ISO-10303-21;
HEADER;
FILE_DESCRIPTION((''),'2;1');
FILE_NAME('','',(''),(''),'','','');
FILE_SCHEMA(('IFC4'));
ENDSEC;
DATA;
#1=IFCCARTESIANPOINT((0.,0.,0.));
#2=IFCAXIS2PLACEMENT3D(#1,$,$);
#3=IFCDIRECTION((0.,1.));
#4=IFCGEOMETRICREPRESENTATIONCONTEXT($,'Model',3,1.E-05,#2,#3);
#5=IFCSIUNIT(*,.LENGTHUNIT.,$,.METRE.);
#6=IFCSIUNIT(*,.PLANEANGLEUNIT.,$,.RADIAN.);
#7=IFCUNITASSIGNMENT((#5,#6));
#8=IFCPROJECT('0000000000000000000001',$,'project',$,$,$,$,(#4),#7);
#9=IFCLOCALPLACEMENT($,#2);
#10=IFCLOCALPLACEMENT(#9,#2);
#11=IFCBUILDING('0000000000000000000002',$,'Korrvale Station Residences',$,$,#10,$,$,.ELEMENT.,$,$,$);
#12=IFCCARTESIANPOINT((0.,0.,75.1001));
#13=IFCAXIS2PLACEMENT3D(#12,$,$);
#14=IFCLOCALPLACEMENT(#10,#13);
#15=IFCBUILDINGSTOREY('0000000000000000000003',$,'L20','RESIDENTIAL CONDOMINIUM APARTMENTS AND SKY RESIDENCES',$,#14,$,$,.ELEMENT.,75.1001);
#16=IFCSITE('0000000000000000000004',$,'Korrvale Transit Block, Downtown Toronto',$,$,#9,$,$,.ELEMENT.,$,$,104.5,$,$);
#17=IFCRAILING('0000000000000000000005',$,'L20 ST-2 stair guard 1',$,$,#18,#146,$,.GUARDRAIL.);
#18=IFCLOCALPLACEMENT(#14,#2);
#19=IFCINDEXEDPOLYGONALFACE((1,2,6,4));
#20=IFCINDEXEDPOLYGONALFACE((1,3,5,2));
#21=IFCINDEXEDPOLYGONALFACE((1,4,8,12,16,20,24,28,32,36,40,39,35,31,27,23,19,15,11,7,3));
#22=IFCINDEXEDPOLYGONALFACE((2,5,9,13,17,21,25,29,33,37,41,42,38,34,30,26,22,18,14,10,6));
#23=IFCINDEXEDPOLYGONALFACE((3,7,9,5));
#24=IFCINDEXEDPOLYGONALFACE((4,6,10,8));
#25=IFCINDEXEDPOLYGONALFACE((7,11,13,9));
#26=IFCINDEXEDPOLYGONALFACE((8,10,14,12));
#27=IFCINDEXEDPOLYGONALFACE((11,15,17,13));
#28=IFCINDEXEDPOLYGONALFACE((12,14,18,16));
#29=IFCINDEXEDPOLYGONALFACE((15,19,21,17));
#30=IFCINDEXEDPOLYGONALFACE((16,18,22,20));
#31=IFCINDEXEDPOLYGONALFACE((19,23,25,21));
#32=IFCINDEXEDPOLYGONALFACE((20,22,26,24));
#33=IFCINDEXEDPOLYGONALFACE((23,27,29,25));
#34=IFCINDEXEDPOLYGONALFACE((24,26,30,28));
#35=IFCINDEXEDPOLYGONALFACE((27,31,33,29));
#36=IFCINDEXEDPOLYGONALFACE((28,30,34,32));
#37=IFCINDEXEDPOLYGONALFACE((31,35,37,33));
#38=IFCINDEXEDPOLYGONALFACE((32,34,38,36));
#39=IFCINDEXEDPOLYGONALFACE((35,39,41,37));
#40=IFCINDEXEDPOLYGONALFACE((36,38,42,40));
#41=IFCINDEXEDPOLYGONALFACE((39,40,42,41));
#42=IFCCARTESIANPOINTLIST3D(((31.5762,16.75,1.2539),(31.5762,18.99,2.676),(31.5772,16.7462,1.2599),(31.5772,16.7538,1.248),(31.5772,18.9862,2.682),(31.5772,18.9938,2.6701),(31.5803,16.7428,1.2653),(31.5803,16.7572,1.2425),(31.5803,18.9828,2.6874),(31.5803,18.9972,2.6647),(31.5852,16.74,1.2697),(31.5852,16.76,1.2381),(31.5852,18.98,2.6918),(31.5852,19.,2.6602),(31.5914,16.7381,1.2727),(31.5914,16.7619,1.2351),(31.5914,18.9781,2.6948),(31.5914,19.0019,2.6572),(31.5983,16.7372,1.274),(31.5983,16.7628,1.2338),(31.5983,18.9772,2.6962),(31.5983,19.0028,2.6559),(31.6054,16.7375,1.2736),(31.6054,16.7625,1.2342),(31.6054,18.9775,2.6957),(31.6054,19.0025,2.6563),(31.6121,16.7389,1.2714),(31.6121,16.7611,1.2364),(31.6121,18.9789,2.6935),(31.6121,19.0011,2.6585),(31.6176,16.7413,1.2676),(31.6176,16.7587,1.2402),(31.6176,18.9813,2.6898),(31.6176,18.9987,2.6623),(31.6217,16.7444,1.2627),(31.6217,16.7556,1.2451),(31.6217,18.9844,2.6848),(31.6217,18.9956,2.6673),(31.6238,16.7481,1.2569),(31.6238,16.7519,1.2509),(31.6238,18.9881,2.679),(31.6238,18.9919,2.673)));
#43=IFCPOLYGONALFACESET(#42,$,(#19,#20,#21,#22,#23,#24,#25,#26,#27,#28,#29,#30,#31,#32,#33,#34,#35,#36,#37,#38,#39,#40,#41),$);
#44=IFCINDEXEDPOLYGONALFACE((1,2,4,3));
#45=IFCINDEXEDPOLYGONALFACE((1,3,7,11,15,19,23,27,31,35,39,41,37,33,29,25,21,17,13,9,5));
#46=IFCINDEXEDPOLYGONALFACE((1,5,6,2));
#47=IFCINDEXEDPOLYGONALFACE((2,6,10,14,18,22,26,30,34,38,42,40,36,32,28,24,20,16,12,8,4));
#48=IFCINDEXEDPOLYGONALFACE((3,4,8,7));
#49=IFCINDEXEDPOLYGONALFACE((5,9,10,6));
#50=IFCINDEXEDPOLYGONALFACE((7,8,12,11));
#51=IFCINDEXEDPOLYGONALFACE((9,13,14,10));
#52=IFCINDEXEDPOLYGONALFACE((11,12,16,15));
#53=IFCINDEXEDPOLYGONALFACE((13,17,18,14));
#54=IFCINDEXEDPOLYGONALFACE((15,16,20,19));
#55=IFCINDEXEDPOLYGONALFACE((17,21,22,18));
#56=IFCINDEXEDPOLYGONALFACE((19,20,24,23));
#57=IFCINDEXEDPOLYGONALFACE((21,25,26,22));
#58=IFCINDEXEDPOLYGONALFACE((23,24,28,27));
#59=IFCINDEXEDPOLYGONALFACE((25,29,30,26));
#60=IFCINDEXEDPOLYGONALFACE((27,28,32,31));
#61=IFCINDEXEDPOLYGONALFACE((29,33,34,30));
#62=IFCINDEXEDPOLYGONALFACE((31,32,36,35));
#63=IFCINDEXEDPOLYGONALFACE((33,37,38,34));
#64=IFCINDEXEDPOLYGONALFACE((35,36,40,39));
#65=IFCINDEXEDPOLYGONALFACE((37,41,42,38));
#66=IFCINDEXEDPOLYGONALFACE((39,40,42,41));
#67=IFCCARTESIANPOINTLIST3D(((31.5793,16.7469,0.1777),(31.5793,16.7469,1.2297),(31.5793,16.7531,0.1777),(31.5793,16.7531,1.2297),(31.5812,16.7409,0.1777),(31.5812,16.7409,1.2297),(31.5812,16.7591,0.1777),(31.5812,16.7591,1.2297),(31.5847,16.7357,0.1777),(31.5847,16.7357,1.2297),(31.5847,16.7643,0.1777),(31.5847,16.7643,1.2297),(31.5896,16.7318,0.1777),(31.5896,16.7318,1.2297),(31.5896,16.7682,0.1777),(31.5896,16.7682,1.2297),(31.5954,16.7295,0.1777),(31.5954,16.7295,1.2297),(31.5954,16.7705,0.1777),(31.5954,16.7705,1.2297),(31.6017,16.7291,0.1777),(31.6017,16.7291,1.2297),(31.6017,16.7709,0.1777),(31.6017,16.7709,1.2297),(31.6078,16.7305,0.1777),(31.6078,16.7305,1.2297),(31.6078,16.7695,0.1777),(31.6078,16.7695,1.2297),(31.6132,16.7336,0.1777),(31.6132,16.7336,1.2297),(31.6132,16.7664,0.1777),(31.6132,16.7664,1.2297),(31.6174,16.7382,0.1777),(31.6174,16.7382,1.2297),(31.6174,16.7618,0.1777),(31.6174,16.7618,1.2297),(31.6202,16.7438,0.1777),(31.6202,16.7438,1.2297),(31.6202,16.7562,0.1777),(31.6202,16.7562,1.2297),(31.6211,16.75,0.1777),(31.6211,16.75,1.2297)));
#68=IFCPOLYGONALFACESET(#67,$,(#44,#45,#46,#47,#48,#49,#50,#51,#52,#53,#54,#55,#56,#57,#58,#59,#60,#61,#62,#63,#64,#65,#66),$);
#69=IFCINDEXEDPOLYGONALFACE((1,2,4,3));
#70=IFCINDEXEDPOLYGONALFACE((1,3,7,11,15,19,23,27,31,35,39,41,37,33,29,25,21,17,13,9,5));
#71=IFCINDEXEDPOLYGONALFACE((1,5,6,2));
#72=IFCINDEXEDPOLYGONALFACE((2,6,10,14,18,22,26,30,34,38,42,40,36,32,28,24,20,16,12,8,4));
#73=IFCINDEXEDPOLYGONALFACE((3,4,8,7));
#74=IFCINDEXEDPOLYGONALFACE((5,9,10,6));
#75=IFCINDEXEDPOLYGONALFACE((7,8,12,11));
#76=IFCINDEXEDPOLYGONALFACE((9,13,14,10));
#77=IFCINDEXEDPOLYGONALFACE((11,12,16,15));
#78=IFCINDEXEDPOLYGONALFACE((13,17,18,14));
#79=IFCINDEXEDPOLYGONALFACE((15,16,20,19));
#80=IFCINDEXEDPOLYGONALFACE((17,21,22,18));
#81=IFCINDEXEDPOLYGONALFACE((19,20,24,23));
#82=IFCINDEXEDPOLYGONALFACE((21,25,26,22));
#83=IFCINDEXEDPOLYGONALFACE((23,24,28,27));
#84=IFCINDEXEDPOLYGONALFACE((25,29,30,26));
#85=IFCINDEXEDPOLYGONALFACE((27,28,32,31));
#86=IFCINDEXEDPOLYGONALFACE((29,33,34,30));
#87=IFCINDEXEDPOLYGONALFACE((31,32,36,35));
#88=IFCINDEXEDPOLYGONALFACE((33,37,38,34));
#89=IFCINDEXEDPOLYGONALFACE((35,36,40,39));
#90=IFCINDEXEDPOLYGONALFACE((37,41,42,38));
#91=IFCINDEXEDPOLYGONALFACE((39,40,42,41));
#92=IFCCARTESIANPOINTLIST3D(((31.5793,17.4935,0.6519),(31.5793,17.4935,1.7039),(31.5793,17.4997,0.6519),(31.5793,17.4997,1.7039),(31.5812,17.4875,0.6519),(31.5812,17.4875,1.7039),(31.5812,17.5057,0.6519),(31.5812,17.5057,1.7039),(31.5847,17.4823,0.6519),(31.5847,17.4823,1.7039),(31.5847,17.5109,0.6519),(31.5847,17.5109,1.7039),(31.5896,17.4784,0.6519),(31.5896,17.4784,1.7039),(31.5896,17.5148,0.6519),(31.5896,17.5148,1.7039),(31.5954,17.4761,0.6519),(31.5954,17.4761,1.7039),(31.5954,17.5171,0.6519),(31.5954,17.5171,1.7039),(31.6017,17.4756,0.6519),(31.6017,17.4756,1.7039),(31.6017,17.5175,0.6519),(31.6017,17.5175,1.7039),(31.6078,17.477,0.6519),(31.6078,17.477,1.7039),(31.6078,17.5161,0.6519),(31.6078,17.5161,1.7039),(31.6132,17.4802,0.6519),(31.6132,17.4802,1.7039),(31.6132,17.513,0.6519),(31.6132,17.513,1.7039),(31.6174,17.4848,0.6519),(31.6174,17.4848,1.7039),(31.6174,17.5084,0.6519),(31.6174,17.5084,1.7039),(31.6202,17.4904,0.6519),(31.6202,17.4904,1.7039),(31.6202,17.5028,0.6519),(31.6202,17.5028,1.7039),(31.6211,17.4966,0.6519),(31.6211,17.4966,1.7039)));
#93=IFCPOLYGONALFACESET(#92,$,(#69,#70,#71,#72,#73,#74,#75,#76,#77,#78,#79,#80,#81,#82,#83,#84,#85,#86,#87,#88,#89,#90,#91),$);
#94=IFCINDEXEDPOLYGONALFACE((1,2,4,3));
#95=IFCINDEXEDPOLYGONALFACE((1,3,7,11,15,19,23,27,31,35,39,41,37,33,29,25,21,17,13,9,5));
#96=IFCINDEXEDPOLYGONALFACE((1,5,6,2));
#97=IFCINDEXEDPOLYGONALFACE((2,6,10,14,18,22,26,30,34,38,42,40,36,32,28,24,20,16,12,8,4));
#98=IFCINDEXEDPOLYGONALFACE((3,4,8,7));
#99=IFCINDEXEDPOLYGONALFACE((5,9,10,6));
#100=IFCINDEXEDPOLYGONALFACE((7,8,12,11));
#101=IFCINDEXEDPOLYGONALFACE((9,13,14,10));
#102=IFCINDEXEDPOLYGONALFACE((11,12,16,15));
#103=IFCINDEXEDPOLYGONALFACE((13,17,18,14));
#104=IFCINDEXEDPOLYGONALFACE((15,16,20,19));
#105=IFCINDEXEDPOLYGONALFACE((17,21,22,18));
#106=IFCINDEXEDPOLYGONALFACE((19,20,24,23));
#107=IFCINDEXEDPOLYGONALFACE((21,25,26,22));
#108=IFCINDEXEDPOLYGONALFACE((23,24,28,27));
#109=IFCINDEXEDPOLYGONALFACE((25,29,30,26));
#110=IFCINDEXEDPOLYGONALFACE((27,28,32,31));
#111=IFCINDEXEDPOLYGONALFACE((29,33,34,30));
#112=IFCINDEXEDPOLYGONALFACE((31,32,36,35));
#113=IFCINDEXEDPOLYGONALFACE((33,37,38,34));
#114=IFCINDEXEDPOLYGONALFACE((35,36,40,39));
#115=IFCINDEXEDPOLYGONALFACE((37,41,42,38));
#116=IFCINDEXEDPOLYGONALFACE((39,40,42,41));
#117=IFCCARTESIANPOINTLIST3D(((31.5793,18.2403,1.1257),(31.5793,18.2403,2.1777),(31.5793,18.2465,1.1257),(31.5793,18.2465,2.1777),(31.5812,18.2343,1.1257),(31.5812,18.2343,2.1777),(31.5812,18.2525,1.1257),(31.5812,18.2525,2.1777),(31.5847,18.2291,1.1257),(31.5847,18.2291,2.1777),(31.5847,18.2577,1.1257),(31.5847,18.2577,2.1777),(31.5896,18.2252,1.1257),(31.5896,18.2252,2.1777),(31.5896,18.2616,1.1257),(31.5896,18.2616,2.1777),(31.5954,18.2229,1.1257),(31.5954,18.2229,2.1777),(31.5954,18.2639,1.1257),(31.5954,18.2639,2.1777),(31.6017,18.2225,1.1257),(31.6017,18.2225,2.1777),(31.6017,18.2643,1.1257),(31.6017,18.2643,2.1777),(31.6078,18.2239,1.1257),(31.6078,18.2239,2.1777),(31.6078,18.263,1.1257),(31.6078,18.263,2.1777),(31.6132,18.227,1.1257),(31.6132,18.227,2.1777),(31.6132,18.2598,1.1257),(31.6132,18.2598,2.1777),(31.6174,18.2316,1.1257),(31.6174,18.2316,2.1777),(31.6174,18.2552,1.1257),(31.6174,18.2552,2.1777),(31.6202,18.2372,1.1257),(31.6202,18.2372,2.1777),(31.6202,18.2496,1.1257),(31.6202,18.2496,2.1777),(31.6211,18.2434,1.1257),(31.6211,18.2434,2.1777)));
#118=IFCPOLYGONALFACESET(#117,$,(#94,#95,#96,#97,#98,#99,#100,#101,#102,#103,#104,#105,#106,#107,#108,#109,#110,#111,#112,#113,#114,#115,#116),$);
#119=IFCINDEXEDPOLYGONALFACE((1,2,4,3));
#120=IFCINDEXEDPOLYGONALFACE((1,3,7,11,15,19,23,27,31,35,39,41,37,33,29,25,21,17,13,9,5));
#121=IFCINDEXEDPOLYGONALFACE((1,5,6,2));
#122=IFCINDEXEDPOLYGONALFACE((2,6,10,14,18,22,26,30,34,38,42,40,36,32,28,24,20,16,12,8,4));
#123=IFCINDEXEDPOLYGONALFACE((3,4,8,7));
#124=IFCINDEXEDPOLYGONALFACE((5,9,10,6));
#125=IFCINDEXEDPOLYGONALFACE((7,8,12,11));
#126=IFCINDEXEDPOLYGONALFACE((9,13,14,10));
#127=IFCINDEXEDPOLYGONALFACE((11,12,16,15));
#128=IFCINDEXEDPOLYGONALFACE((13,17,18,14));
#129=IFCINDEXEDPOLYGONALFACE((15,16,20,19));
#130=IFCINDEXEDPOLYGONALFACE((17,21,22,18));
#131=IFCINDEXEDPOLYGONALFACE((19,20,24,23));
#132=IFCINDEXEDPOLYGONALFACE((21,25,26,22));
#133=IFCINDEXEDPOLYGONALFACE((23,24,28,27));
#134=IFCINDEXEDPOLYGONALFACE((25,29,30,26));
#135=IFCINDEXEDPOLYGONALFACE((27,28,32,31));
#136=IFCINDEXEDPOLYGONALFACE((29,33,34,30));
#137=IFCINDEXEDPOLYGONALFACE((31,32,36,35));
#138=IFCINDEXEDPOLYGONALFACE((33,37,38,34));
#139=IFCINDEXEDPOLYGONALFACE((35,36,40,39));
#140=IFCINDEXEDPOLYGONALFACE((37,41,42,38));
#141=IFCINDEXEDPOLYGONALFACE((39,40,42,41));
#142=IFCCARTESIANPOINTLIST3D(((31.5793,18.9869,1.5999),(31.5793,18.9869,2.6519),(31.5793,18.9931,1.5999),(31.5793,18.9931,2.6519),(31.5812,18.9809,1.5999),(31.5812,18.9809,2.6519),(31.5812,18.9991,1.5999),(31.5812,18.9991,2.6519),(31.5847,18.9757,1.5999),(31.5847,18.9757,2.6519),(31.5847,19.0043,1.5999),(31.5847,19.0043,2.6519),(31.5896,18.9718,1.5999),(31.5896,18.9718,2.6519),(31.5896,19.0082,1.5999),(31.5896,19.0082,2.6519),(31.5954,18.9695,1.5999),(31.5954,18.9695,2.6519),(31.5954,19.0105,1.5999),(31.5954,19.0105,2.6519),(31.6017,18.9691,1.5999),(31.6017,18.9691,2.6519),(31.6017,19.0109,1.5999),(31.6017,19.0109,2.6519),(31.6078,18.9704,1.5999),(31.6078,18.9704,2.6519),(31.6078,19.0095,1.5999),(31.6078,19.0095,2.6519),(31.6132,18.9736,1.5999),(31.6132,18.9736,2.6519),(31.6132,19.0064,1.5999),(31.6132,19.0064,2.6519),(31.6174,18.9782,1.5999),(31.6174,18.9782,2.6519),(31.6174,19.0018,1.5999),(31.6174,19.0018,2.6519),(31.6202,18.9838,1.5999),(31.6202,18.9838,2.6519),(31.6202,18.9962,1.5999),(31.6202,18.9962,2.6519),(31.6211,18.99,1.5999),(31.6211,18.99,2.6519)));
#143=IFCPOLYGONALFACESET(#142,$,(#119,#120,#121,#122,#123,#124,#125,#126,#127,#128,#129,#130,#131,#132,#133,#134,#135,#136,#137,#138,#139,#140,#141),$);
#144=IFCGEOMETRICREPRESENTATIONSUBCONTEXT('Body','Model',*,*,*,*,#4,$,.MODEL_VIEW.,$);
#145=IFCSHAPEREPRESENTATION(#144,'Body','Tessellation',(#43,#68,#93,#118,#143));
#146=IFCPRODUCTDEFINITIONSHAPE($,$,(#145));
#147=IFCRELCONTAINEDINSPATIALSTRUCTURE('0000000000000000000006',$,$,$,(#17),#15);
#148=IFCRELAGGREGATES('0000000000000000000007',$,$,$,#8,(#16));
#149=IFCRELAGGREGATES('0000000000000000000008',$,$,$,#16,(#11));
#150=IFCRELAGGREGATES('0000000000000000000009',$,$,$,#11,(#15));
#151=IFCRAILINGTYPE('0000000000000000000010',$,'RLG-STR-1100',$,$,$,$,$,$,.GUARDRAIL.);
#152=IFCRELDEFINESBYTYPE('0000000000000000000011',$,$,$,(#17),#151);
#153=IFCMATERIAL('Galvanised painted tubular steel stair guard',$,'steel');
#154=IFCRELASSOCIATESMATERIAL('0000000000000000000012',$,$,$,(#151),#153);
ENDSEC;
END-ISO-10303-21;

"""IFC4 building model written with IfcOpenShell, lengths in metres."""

from ifc_helpers import new_model, si_unit, direction, frame, origin, origin_2d, place, context, subcontext, project, spatial, circle, extrude, material, type_object, element, save


model = new_model("IFC4")

# Units and contexts
model_context = context("Model", 3, precision=1e-05, world=origin(), true_north=direction((0.0, 1.0)))
body_context = subcontext(model_context, "Body", "Model", "MODEL_VIEW")
ifc_project = project(units=[si_unit("LENGTHUNIT", "METRE"), si_unit("PLANEANGLEUNIT", "RADIAN")], contexts=[model_context])

# Site, building, storey
site_placement = place(None, origin())
site = spatial("IfcSite", under=ifc_project, at=site_placement, Name="Korrvale Transit Block, Downtown Toronto", CompositionType="ELEMENT", RefElevation=104.5)
building_placement = place(site_placement, origin())
building = spatial("IfcBuilding", under=site, at=building_placement, Name="Korrvale Station Residences", CompositionType="ELEMENT")
storey_placement = place(building_placement, frame((0.0, 0.0, 75.1001)))
storey = spatial("IfcBuildingStorey", under=building, at=storey_placement, Name="L20", Description="RESIDENTIAL CONDOMINIUM APARTMENTS AND SKY RESIDENCES", CompositionType="ELEMENT", Elevation=75.1001)

# Railing
ifc_material_1 = material(Name="Galvanised painted tubular steel stair guard", Category="steel")
railing_type_1 = type_object("IfcRailingType", Name="RLG-STR-1100", PredefinedType="GUARDRAIL", material=ifc_material_1)
railing_1_placement = place(storey_placement, frame((31.6001, 16.75, 0.1777)))
element("IfcRailing", 1, at=railing_1_placement, inside=storey, type_object=railing_type_1, Name="L20 ST-2 stair guard 1", PredefinedType="GUARDRAIL", context=body_context, shape_type="SweptSolid", body=[
    extrude(circle(Radius=0.0239, at=origin_2d()), frame((0.0, 0.0, 1.0762), z_axis=(0.0, 0.844229, 0.535982), x_axis=(-1.0, 0.0, 0.0)), (0.0, 0.0, 1.0), 2.6533),
    extrude(circle(Radius=0.021, at=origin_2d()), origin(), (0.0, 0.0, 1.0), 1.052),
    extrude(circle(Radius=0.021, at=origin_2d()), frame((0.0, 0.7466, 0.4741)), (0.0, 0.0, 1.0), 1.052),
    extrude(circle(Radius=0.021, at=origin_2d()), frame((0.0, 1.4934, 0.948)), (0.0, 0.0, 1.0), 1.052),
    extrude(circle(Radius=0.021, at=origin_2d()), frame((0.0, 2.24, 1.4221)), (0.0, 0.0, 1.0), 1.052),
])

save(model, "model.ifc")
